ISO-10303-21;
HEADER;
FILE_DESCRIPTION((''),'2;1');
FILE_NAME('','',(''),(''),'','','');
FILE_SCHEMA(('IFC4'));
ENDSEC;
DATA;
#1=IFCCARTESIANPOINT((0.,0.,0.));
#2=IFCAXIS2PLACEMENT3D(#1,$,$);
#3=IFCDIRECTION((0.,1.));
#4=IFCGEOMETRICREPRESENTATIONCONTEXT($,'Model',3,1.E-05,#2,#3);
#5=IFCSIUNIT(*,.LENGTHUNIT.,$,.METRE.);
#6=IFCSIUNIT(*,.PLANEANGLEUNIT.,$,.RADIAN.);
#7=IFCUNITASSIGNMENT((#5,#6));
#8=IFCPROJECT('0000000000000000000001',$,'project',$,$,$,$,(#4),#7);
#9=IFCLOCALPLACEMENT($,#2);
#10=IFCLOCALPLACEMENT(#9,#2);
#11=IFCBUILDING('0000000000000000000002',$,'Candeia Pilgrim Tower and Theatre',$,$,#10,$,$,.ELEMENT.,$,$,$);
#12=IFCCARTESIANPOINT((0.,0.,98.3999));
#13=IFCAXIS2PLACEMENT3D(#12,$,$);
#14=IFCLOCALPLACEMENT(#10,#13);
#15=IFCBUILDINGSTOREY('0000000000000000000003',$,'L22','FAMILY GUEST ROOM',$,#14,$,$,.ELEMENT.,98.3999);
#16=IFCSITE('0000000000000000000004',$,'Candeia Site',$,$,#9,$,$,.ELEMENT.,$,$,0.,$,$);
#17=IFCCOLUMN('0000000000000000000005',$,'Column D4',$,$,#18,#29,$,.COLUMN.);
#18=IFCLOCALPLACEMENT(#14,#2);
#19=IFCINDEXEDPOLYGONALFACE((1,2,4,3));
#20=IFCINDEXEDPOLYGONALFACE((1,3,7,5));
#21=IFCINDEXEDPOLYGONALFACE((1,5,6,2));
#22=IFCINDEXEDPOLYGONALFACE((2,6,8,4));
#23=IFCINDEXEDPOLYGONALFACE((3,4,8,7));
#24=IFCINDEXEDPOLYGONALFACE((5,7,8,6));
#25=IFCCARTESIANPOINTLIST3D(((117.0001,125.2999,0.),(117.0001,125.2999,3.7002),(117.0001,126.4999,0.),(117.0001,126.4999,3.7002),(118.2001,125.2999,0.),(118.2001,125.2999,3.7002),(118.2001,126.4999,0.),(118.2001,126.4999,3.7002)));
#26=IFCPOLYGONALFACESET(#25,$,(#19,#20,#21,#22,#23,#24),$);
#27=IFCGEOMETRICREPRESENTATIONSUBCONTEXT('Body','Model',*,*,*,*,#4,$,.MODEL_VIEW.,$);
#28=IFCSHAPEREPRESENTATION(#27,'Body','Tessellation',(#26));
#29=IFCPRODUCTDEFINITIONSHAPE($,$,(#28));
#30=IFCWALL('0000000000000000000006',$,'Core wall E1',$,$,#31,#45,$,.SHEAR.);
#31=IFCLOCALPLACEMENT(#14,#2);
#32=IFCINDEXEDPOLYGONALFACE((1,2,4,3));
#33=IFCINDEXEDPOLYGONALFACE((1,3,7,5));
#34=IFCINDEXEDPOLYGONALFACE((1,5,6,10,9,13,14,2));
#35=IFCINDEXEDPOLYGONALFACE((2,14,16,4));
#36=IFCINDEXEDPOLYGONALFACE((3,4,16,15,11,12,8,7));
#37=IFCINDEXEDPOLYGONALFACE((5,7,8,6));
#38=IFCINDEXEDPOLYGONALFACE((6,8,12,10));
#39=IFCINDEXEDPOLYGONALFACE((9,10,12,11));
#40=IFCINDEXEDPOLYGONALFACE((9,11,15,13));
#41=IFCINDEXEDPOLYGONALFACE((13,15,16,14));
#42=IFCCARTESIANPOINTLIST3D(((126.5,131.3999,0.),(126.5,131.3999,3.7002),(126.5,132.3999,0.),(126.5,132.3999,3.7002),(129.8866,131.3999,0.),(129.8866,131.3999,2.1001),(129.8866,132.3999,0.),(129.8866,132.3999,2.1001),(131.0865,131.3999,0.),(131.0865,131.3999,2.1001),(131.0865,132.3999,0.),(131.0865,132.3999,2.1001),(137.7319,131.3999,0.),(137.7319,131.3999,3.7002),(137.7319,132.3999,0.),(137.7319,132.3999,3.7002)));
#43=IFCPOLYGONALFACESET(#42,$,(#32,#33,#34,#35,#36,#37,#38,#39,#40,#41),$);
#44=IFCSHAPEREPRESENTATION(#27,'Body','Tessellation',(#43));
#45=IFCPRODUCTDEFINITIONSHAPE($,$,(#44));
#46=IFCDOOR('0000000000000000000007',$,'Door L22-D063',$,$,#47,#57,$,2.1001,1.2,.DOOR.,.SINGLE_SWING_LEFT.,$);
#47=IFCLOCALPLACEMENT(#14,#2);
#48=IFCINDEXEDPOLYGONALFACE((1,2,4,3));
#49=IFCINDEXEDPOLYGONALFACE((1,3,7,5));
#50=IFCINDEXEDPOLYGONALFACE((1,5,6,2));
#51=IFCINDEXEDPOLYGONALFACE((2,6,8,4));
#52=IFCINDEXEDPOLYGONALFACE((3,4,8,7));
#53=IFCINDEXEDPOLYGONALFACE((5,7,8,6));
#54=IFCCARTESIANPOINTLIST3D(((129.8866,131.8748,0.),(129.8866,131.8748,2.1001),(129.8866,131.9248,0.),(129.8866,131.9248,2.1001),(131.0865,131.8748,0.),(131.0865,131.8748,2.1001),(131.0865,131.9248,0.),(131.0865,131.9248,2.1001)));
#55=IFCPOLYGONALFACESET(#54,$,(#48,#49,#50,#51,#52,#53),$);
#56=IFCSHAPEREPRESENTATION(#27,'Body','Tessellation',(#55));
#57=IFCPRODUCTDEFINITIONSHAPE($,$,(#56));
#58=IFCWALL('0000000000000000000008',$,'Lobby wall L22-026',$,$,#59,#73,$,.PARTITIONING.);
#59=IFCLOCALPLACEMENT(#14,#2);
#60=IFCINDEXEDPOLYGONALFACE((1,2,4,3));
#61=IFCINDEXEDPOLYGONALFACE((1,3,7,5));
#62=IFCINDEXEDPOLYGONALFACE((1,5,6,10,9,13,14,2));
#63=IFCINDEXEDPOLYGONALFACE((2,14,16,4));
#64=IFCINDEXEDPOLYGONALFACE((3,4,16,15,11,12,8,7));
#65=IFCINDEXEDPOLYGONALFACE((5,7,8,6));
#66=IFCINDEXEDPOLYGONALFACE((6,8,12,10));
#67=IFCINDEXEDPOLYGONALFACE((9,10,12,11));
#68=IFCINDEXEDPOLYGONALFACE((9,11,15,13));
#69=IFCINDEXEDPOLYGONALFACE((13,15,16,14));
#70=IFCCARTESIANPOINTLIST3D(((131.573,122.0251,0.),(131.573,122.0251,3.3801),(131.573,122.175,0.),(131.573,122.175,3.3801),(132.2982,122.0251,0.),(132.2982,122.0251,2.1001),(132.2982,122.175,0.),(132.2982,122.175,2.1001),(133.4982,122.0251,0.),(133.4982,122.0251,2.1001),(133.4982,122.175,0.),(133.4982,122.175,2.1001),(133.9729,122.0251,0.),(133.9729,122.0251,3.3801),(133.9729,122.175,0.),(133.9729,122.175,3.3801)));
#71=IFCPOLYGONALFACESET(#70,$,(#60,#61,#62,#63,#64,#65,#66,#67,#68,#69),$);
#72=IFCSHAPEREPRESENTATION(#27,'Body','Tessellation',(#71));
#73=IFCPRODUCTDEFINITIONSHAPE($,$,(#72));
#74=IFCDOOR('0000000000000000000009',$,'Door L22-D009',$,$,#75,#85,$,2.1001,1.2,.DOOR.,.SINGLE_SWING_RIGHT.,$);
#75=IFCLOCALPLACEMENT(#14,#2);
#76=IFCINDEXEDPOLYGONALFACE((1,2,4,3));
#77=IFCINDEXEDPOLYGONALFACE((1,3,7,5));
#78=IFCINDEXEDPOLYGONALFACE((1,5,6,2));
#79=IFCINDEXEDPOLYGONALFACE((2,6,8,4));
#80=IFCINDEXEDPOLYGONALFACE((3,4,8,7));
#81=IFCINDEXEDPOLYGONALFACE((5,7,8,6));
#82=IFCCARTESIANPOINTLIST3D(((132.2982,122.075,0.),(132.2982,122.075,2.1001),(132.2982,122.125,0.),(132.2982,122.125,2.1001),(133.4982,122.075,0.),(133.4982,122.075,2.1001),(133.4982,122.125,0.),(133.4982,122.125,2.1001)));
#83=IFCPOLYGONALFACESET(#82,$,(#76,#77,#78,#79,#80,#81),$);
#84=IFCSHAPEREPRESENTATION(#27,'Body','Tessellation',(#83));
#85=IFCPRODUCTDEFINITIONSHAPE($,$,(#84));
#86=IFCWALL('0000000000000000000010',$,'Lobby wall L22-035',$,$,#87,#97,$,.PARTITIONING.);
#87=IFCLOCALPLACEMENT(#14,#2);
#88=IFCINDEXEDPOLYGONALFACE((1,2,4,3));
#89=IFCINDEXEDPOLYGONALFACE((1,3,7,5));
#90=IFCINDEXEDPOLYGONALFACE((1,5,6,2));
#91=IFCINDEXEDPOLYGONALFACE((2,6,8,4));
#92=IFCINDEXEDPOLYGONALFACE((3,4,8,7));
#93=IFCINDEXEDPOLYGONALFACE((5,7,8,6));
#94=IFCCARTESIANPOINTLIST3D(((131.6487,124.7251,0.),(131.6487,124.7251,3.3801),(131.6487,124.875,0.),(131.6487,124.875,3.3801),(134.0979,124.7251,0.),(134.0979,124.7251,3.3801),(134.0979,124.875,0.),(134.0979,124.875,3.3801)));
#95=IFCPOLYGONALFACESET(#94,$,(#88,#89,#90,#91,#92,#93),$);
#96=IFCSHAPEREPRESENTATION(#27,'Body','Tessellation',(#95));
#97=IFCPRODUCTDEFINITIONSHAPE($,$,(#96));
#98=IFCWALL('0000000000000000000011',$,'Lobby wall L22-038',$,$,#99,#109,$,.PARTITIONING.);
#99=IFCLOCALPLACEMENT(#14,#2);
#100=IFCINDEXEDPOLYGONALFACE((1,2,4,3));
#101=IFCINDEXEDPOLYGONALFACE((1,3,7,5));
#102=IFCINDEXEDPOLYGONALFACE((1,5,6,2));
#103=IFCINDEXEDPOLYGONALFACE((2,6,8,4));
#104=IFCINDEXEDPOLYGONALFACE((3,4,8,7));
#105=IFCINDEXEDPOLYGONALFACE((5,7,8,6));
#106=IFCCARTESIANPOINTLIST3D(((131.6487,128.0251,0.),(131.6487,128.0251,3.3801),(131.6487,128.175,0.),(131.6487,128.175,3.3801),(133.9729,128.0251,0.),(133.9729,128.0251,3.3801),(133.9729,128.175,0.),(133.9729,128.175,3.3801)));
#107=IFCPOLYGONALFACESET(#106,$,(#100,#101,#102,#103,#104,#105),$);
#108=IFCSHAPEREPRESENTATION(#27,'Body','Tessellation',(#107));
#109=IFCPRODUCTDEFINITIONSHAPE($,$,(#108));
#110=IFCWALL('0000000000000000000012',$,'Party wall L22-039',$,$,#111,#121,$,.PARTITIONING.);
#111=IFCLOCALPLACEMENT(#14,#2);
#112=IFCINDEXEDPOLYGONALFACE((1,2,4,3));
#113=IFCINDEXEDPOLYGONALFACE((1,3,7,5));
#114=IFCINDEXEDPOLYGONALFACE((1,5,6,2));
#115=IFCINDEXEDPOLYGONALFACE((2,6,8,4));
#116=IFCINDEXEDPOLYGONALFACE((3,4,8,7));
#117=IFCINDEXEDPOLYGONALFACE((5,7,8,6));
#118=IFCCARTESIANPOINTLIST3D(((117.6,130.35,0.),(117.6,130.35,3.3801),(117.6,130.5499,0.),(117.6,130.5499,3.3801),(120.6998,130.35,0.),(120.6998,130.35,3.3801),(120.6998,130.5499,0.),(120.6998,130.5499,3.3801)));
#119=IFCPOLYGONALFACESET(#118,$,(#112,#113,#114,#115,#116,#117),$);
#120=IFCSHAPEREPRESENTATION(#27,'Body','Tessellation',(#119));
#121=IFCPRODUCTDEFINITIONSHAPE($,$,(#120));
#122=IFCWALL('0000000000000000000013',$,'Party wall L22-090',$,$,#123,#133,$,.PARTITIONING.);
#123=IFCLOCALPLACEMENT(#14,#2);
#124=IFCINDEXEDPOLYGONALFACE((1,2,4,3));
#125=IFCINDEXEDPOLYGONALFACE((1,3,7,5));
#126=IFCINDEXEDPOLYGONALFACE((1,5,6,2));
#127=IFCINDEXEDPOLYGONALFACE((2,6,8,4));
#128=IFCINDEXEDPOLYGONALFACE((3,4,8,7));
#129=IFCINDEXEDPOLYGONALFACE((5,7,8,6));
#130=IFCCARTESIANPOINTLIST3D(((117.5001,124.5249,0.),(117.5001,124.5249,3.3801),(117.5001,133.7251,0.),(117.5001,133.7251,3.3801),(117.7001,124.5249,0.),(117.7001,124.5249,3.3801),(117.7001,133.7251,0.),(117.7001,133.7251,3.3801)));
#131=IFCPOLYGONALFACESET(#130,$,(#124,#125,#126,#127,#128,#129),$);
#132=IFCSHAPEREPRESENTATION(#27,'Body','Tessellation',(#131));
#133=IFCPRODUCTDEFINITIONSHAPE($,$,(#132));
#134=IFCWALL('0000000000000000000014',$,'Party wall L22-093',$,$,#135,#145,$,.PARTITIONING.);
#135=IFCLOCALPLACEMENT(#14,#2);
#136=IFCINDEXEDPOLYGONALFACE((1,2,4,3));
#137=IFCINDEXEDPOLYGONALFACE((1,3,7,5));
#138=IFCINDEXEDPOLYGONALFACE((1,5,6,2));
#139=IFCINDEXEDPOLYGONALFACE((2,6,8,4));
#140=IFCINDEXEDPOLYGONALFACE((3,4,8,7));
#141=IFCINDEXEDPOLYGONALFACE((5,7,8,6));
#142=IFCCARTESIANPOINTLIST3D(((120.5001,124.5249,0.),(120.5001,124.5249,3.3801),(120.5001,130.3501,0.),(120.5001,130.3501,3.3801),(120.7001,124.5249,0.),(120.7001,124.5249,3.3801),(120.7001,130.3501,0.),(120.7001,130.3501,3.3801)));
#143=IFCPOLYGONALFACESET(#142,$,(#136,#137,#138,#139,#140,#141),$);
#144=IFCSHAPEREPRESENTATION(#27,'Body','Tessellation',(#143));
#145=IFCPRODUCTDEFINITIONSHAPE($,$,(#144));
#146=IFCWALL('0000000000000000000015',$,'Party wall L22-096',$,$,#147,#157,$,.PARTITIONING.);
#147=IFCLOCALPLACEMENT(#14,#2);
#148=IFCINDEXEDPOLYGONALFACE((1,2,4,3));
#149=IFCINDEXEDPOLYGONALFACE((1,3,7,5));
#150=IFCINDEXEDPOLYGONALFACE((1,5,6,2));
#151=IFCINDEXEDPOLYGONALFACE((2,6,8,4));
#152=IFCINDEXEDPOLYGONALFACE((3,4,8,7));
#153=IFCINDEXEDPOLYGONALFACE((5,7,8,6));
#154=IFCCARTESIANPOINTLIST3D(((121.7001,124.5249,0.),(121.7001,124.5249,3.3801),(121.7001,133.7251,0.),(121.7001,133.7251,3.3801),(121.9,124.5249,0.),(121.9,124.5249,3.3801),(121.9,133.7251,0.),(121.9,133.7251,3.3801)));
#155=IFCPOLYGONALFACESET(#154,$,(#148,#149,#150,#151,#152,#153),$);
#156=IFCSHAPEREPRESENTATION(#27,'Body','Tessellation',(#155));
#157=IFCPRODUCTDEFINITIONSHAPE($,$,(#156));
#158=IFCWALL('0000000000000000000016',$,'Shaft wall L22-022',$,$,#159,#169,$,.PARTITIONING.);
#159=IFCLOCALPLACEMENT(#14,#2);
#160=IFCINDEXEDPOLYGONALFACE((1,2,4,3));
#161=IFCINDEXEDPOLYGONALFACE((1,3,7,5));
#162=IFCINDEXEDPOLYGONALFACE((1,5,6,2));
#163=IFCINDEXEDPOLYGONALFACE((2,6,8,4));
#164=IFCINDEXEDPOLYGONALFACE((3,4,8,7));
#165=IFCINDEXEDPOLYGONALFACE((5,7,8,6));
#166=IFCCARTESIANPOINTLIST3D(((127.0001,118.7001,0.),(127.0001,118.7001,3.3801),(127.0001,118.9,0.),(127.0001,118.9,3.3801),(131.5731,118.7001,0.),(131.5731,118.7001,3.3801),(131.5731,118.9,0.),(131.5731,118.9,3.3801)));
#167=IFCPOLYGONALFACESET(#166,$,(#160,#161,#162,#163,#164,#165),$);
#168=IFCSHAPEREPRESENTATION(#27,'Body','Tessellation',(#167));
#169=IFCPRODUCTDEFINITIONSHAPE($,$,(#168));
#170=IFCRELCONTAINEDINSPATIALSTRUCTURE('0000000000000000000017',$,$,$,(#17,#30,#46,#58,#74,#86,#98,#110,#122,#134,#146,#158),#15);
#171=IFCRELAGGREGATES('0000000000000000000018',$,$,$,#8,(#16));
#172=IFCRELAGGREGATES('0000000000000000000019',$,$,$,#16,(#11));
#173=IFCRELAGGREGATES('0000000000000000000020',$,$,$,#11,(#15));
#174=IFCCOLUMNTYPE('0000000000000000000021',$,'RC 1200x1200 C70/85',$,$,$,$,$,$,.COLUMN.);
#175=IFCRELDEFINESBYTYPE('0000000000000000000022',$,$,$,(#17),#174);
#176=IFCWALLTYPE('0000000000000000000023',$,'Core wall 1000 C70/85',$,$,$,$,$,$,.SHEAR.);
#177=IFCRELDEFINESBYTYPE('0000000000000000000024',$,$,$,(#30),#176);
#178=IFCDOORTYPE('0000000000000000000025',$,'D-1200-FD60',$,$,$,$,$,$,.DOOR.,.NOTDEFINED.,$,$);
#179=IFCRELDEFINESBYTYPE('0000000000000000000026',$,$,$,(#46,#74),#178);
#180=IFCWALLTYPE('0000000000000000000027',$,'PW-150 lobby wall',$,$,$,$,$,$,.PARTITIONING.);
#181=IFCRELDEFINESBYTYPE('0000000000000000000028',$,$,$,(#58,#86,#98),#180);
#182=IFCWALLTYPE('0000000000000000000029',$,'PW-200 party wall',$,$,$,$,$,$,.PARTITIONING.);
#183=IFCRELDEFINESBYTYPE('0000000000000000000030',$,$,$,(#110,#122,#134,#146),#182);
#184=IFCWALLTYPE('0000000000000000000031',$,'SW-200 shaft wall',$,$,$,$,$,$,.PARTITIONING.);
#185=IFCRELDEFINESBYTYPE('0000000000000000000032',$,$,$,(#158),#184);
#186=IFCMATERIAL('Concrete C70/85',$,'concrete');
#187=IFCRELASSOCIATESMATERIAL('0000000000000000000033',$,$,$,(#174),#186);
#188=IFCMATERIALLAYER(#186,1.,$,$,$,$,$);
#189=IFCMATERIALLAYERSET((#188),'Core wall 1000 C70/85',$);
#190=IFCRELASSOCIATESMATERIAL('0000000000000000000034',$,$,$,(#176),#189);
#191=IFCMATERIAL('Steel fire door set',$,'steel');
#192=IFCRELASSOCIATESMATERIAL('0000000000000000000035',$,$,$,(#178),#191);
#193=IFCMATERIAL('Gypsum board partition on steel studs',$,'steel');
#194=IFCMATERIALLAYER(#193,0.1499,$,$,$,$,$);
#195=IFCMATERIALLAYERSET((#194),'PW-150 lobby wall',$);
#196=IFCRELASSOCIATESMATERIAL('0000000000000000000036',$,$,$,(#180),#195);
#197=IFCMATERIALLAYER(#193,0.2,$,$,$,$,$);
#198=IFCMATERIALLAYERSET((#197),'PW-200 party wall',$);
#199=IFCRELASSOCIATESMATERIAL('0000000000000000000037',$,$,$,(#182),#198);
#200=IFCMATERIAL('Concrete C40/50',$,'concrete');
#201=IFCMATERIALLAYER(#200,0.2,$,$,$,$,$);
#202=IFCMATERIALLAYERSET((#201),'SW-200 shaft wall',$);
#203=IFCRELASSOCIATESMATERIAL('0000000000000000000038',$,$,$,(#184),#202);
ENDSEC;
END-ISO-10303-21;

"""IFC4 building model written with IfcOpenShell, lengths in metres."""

from ifc_helpers import new_model, si_unit, direction, frame, frame_2d, origin, origin_2d, place, context, subcontext, project, spatial, rectangle, extrude, material, layer, layer_set, material_profile, profile_set, type_object, element, fill, save


model = new_model("IFC4")

# Units and contexts
model_context = context("Model", 3, precision=1e-05, world=origin(), true_north=direction((0.0, 1.0)))
body_context = subcontext(model_context, "Body", "Model", "MODEL_VIEW")
ifc_project = project(units=[si_unit("LENGTHUNIT", "METRE"), si_unit("PLANEANGLEUNIT", "RADIAN")], contexts=[model_context])

# Site, building, storey
site_placement = place(None, origin())
site = spatial("IfcSite", under=ifc_project, at=site_placement, Name="Candeia Site", CompositionType="ELEMENT", RefElevation=0.0)
building_placement = place(site_placement, origin())
building = spatial("IfcBuilding", under=site, at=building_placement, Name="Candeia Pilgrim Tower and Theatre", CompositionType="ELEMENT")
storey_placement = place(building_placement, frame((0.0, 0.0, 98.3999)))
storey = spatial("IfcBuildingStorey", under=building, at=storey_placement, Name="L22", Description="FAMILY GUEST ROOM", CompositionType="ELEMENT", Elevation=98.3999)

# Column
ifc_material_1 = material(Name="Concrete C70/85", Category="concrete")
ifc_material_profile = material_profile(ifc_material_1, rectangle(XDim=1.2, YDim=1.2, at=origin_2d()))
ifc_profile_set = profile_set([ifc_material_profile], Name="Concrete C70/85")
column_type = type_object("IfcColumnType", Name="RC 1200x1200 C70/85", PredefinedType="COLUMN", material=ifc_profile_set)
column_placement = place(storey_placement, frame((117.6001, 125.8999, 0.0), z_axis=(0.0, 0.0, 1.0), x_axis=(1.0, 0.0, 0.0)))
element("IfcColumn", 1, at=column_placement, inside=storey, type_object=column_type, Name="Column D4", PredefinedType="COLUMN", context=body_context, shape_type="SweptSolid", body=[
    extrude(rectangle(XDim=1.2, YDim=1.2, at=origin_2d()), origin(), (0.0, 0.0, 1.0), 3.7002),
])

# Walls, openings, doors
ifc_layer_1 = layer(ifc_material_1, 1.0)
ifc_layer_set_1 = layer_set([ifc_layer_1], Name="Core wall 1000 C70/85")
wall_type_1 = type_object("IfcWallType", Name="Core wall 1000 C70/85", PredefinedType="SHEAR", material=ifc_layer_set_1)
wall_1_placement = place(storey_placement, frame((126.5, 131.8999, 0.0), z_axis=(0.0, 0.0, 1.0), x_axis=(1.0, 0.0, 0.0)))
wall_1 = element("IfcWall", 2, at=wall_1_placement, inside=storey, type_object=wall_type_1, Name="Core wall E1", PredefinedType="SHEAR", context=body_context, shape_type="SweptSolid", body=[
    extrude(rectangle(XDim=11.2319, YDim=1.0, at=frame_2d((5.616, 0.0))), origin(), (0.0, 0.0, 1.0), 3.7002),
])
opening_1_placement = place(wall_1_placement, frame((3.3865, 0.0, 0.0)))
opening_1 = element("IfcOpeningElement", 3, at=opening_1_placement, cuts=wall_1, PredefinedType="OPENING", context=body_context, shape_type="SweptSolid", body=[
    extrude(rectangle(XDim=1.2, YDim=2.1001, at=frame_2d((0.6001, 1.05))), frame((0.0, 0.51, 0.0), z_axis=(0.0, -1.0, 0.0), x_axis=(1.0, 0.0, 0.0)), (0.0, 0.0, 1.0), 1.02),
])
ifc_material_2 = material(Name="Steel fire door set", Category="steel")
door_type_1 = type_object("IfcDoorType", Name="D-1200-FD60", OperationType="NOTDEFINED", PredefinedType="DOOR", material=ifc_material_2)
door_1_placement = place(opening_1_placement, origin())
door_1 = element("IfcDoor", 4, at=door_1_placement, inside=storey, type_object=door_type_1, Name="Door L22-D063", OperationType="SINGLE_SWING_LEFT", OverallHeight=2.1001, OverallWidth=1.2, PredefinedType="DOOR", context=body_context, shape_type="SweptSolid", body=[
    extrude(rectangle(XDim=1.2, YDim=2.1001, at=frame_2d((0.6001, 1.05))), frame((0.0, 0.0249, 0.0), z_axis=(0.0, -1.0, 0.0), x_axis=(1.0, 0.0, 0.0)), (0.0, 0.0, 1.0), 0.05),
])
fill(opening_1, door_1)
ifc_material_3 = material(Name="Gypsum board partition on steel studs", Category="steel")
ifc_layer_2 = layer(ifc_material_3, 0.1499)
ifc_layer_set_2 = layer_set([ifc_layer_2], Name="PW-150 lobby wall")
wall_type_2 = type_object("IfcWallType", Name="PW-150 lobby wall", PredefinedType="PARTITIONING", material=ifc_layer_set_2)
wall_2_placement = place(storey_placement, frame((131.573, 122.1001, 0.0), z_axis=(0.0, 0.0, 1.0), x_axis=(1.0, 0.0, 0.0)))
wall_2 = element("IfcWall", 5, at=wall_2_placement, inside=storey, type_object=wall_type_2, Name="Lobby wall L22-026", PredefinedType="PARTITIONING", context=body_context, shape_type="SweptSolid", body=[
    extrude(rectangle(XDim=2.3999, YDim=0.1499, at=frame_2d((1.2, 0.0))), origin(), (0.0, 0.0, 1.0), 3.3801),
])
opening_2_placement = place(wall_2_placement, frame((0.7251, 0.0, 0.0)))
opening_2 = element("IfcOpeningElement", 6, at=opening_2_placement, cuts=wall_2, PredefinedType="OPENING", context=body_context, shape_type="SweptSolid", body=[
    extrude(rectangle(XDim=1.2, YDim=2.1001, at=frame_2d((0.6001, 1.05))), frame((0.0, 0.085, 0.0), z_axis=(0.0, -1.0, 0.0), x_axis=(1.0, 0.0, 0.0)), (0.0, 0.0, 1.0), 0.1699),
])
door_2_placement = place(opening_2_placement, origin())
door_2 = element("IfcDoor", 7, at=door_2_placement, inside=storey, type_object=door_type_1, Name="Door L22-D009", OperationType="SINGLE_SWING_RIGHT", OverallHeight=2.1001, OverallWidth=1.2, PredefinedType="DOOR", context=body_context, shape_type="SweptSolid", body=[
    extrude(rectangle(XDim=1.2, YDim=2.1001, at=frame_2d((0.6001, 1.05))), frame((0.0, 0.0249, 0.0), z_axis=(0.0, -1.0, 0.0), x_axis=(1.0, 0.0, 0.0)), (0.0, 0.0, 1.0), 0.05),
])
fill(opening_2, door_2)

# Walls
wall_3_placement = place(storey_placement, frame((131.6487, 124.8, 0.0), z_axis=(0.0, 0.0, 1.0), x_axis=(1.0, 0.0, 0.0)))
element("IfcWall", 8, at=wall_3_placement, inside=storey, type_object=wall_type_2, Name="Lobby wall L22-035", PredefinedType="PARTITIONING", context=body_context, shape_type="SweptSolid", body=[
    extrude(rectangle(XDim=2.4492, YDim=0.1499, at=frame_2d((1.2246, 0.0))), origin(), (0.0, 0.0, 1.0), 3.3801),
])
wall_4_placement = place(storey_placement, frame((131.6487, 128.1001, 0.0), z_axis=(0.0, 0.0, 1.0), x_axis=(1.0, 0.0, 0.0)))
element("IfcWall", 9, at=wall_4_placement, inside=storey, type_object=wall_type_2, Name="Lobby wall L22-038", PredefinedType="PARTITIONING", context=body_context, shape_type="SweptSolid", body=[
    extrude(rectangle(XDim=2.3242, YDim=0.1499, at=frame_2d((1.1621, 0.0))), origin(), (0.0, 0.0, 1.0), 3.3801),
])
ifc_layer_3 = layer(ifc_material_3, 0.2)
ifc_layer_set_3 = layer_set([ifc_layer_3], Name="PW-200 party wall")
wall_type_3 = type_object("IfcWallType", Name="PW-200 party wall", PredefinedType="PARTITIONING", material=ifc_layer_set_3)
wall_5_placement = place(storey_placement, frame((117.6001, 130.45, 0.0), z_axis=(0.0, 0.0, 1.0), x_axis=(1.0, 0.0, 0.0)))
element("IfcWall", 10, at=wall_5_placement, inside=storey, type_object=wall_type_3, Name="Party wall L22-039", PredefinedType="PARTITIONING", context=body_context, shape_type="SweptSolid", body=[
    extrude(rectangle(XDim=3.0999, YDim=0.2, at=frame_2d((1.5498, 0.0))), origin(), (0.0, 0.0, 1.0), 3.3801),
])
wall_6_placement = place(storey_placement, frame((117.6001, 124.5249, 0.0), z_axis=(0.0, 0.0, 1.0), x_axis=(0.0, 1.0, 0.0)))
element("IfcWall", 11, at=wall_6_placement, inside=storey, type_object=wall_type_3, Name="Party wall L22-090", PredefinedType="PARTITIONING", context=body_context, shape_type="SweptSolid", body=[
    extrude(rectangle(XDim=9.2002, YDim=0.2, at=frame_2d((4.6001, 0.0))), origin(), (0.0, 0.0, 1.0), 3.3801),
])
wall_7_placement = place(storey_placement, frame((120.6001, 124.5249, 0.0), z_axis=(0.0, 0.0, 1.0), x_axis=(0.0, 1.0, 0.0)))
element("IfcWall", 12, at=wall_7_placement, inside=storey, type_object=wall_type_3, Name="Party wall L22-093", PredefinedType="PARTITIONING", context=body_context, shape_type="SweptSolid", body=[
    extrude(rectangle(XDim=5.8252, YDim=0.2, at=frame_2d((2.9126, 0.0))), origin(), (0.0, 0.0, 1.0), 3.3801),
])
wall_8_placement = place(storey_placement, frame((121.8, 124.5249, 0.0), z_axis=(0.0, 0.0, 1.0), x_axis=(0.0, 1.0, 0.0)))
element("IfcWall", 13, at=wall_8_placement, inside=storey, type_object=wall_type_3, Name="Party wall L22-096", PredefinedType="PARTITIONING", context=body_context, shape_type="SweptSolid", body=[
    extrude(rectangle(XDim=9.2002, YDim=0.2, at=frame_2d((4.6001, 0.0))), origin(), (0.0, 0.0, 1.0), 3.3801),
])
ifc_material_4 = material(Name="Concrete C40/50", Category="concrete")
ifc_layer_4 = layer(ifc_material_4, 0.2)
ifc_layer_set_4 = layer_set([ifc_layer_4], Name="SW-200 shaft wall")
wall_type_4 = type_object("IfcWallType", Name="SW-200 shaft wall", PredefinedType="PARTITIONING", material=ifc_layer_set_4)
wall_9_placement = place(storey_placement, frame((127.0, 118.8, 0.0), z_axis=(0.0, 0.0, 1.0), x_axis=(1.0, 0.0, 0.0)))
element("IfcWall", 14, at=wall_9_placement, inside=storey, type_object=wall_type_4, Name="Shaft wall L22-022", PredefinedType="PARTITIONING", context=body_context, shape_type="SweptSolid", body=[
    extrude(rectangle(XDim=4.573, YDim=0.2, at=frame_2d((2.2866, 0.0))), origin(), (0.0, 0.0, 1.0), 3.3801),
])

save(model, "model.ifc")
